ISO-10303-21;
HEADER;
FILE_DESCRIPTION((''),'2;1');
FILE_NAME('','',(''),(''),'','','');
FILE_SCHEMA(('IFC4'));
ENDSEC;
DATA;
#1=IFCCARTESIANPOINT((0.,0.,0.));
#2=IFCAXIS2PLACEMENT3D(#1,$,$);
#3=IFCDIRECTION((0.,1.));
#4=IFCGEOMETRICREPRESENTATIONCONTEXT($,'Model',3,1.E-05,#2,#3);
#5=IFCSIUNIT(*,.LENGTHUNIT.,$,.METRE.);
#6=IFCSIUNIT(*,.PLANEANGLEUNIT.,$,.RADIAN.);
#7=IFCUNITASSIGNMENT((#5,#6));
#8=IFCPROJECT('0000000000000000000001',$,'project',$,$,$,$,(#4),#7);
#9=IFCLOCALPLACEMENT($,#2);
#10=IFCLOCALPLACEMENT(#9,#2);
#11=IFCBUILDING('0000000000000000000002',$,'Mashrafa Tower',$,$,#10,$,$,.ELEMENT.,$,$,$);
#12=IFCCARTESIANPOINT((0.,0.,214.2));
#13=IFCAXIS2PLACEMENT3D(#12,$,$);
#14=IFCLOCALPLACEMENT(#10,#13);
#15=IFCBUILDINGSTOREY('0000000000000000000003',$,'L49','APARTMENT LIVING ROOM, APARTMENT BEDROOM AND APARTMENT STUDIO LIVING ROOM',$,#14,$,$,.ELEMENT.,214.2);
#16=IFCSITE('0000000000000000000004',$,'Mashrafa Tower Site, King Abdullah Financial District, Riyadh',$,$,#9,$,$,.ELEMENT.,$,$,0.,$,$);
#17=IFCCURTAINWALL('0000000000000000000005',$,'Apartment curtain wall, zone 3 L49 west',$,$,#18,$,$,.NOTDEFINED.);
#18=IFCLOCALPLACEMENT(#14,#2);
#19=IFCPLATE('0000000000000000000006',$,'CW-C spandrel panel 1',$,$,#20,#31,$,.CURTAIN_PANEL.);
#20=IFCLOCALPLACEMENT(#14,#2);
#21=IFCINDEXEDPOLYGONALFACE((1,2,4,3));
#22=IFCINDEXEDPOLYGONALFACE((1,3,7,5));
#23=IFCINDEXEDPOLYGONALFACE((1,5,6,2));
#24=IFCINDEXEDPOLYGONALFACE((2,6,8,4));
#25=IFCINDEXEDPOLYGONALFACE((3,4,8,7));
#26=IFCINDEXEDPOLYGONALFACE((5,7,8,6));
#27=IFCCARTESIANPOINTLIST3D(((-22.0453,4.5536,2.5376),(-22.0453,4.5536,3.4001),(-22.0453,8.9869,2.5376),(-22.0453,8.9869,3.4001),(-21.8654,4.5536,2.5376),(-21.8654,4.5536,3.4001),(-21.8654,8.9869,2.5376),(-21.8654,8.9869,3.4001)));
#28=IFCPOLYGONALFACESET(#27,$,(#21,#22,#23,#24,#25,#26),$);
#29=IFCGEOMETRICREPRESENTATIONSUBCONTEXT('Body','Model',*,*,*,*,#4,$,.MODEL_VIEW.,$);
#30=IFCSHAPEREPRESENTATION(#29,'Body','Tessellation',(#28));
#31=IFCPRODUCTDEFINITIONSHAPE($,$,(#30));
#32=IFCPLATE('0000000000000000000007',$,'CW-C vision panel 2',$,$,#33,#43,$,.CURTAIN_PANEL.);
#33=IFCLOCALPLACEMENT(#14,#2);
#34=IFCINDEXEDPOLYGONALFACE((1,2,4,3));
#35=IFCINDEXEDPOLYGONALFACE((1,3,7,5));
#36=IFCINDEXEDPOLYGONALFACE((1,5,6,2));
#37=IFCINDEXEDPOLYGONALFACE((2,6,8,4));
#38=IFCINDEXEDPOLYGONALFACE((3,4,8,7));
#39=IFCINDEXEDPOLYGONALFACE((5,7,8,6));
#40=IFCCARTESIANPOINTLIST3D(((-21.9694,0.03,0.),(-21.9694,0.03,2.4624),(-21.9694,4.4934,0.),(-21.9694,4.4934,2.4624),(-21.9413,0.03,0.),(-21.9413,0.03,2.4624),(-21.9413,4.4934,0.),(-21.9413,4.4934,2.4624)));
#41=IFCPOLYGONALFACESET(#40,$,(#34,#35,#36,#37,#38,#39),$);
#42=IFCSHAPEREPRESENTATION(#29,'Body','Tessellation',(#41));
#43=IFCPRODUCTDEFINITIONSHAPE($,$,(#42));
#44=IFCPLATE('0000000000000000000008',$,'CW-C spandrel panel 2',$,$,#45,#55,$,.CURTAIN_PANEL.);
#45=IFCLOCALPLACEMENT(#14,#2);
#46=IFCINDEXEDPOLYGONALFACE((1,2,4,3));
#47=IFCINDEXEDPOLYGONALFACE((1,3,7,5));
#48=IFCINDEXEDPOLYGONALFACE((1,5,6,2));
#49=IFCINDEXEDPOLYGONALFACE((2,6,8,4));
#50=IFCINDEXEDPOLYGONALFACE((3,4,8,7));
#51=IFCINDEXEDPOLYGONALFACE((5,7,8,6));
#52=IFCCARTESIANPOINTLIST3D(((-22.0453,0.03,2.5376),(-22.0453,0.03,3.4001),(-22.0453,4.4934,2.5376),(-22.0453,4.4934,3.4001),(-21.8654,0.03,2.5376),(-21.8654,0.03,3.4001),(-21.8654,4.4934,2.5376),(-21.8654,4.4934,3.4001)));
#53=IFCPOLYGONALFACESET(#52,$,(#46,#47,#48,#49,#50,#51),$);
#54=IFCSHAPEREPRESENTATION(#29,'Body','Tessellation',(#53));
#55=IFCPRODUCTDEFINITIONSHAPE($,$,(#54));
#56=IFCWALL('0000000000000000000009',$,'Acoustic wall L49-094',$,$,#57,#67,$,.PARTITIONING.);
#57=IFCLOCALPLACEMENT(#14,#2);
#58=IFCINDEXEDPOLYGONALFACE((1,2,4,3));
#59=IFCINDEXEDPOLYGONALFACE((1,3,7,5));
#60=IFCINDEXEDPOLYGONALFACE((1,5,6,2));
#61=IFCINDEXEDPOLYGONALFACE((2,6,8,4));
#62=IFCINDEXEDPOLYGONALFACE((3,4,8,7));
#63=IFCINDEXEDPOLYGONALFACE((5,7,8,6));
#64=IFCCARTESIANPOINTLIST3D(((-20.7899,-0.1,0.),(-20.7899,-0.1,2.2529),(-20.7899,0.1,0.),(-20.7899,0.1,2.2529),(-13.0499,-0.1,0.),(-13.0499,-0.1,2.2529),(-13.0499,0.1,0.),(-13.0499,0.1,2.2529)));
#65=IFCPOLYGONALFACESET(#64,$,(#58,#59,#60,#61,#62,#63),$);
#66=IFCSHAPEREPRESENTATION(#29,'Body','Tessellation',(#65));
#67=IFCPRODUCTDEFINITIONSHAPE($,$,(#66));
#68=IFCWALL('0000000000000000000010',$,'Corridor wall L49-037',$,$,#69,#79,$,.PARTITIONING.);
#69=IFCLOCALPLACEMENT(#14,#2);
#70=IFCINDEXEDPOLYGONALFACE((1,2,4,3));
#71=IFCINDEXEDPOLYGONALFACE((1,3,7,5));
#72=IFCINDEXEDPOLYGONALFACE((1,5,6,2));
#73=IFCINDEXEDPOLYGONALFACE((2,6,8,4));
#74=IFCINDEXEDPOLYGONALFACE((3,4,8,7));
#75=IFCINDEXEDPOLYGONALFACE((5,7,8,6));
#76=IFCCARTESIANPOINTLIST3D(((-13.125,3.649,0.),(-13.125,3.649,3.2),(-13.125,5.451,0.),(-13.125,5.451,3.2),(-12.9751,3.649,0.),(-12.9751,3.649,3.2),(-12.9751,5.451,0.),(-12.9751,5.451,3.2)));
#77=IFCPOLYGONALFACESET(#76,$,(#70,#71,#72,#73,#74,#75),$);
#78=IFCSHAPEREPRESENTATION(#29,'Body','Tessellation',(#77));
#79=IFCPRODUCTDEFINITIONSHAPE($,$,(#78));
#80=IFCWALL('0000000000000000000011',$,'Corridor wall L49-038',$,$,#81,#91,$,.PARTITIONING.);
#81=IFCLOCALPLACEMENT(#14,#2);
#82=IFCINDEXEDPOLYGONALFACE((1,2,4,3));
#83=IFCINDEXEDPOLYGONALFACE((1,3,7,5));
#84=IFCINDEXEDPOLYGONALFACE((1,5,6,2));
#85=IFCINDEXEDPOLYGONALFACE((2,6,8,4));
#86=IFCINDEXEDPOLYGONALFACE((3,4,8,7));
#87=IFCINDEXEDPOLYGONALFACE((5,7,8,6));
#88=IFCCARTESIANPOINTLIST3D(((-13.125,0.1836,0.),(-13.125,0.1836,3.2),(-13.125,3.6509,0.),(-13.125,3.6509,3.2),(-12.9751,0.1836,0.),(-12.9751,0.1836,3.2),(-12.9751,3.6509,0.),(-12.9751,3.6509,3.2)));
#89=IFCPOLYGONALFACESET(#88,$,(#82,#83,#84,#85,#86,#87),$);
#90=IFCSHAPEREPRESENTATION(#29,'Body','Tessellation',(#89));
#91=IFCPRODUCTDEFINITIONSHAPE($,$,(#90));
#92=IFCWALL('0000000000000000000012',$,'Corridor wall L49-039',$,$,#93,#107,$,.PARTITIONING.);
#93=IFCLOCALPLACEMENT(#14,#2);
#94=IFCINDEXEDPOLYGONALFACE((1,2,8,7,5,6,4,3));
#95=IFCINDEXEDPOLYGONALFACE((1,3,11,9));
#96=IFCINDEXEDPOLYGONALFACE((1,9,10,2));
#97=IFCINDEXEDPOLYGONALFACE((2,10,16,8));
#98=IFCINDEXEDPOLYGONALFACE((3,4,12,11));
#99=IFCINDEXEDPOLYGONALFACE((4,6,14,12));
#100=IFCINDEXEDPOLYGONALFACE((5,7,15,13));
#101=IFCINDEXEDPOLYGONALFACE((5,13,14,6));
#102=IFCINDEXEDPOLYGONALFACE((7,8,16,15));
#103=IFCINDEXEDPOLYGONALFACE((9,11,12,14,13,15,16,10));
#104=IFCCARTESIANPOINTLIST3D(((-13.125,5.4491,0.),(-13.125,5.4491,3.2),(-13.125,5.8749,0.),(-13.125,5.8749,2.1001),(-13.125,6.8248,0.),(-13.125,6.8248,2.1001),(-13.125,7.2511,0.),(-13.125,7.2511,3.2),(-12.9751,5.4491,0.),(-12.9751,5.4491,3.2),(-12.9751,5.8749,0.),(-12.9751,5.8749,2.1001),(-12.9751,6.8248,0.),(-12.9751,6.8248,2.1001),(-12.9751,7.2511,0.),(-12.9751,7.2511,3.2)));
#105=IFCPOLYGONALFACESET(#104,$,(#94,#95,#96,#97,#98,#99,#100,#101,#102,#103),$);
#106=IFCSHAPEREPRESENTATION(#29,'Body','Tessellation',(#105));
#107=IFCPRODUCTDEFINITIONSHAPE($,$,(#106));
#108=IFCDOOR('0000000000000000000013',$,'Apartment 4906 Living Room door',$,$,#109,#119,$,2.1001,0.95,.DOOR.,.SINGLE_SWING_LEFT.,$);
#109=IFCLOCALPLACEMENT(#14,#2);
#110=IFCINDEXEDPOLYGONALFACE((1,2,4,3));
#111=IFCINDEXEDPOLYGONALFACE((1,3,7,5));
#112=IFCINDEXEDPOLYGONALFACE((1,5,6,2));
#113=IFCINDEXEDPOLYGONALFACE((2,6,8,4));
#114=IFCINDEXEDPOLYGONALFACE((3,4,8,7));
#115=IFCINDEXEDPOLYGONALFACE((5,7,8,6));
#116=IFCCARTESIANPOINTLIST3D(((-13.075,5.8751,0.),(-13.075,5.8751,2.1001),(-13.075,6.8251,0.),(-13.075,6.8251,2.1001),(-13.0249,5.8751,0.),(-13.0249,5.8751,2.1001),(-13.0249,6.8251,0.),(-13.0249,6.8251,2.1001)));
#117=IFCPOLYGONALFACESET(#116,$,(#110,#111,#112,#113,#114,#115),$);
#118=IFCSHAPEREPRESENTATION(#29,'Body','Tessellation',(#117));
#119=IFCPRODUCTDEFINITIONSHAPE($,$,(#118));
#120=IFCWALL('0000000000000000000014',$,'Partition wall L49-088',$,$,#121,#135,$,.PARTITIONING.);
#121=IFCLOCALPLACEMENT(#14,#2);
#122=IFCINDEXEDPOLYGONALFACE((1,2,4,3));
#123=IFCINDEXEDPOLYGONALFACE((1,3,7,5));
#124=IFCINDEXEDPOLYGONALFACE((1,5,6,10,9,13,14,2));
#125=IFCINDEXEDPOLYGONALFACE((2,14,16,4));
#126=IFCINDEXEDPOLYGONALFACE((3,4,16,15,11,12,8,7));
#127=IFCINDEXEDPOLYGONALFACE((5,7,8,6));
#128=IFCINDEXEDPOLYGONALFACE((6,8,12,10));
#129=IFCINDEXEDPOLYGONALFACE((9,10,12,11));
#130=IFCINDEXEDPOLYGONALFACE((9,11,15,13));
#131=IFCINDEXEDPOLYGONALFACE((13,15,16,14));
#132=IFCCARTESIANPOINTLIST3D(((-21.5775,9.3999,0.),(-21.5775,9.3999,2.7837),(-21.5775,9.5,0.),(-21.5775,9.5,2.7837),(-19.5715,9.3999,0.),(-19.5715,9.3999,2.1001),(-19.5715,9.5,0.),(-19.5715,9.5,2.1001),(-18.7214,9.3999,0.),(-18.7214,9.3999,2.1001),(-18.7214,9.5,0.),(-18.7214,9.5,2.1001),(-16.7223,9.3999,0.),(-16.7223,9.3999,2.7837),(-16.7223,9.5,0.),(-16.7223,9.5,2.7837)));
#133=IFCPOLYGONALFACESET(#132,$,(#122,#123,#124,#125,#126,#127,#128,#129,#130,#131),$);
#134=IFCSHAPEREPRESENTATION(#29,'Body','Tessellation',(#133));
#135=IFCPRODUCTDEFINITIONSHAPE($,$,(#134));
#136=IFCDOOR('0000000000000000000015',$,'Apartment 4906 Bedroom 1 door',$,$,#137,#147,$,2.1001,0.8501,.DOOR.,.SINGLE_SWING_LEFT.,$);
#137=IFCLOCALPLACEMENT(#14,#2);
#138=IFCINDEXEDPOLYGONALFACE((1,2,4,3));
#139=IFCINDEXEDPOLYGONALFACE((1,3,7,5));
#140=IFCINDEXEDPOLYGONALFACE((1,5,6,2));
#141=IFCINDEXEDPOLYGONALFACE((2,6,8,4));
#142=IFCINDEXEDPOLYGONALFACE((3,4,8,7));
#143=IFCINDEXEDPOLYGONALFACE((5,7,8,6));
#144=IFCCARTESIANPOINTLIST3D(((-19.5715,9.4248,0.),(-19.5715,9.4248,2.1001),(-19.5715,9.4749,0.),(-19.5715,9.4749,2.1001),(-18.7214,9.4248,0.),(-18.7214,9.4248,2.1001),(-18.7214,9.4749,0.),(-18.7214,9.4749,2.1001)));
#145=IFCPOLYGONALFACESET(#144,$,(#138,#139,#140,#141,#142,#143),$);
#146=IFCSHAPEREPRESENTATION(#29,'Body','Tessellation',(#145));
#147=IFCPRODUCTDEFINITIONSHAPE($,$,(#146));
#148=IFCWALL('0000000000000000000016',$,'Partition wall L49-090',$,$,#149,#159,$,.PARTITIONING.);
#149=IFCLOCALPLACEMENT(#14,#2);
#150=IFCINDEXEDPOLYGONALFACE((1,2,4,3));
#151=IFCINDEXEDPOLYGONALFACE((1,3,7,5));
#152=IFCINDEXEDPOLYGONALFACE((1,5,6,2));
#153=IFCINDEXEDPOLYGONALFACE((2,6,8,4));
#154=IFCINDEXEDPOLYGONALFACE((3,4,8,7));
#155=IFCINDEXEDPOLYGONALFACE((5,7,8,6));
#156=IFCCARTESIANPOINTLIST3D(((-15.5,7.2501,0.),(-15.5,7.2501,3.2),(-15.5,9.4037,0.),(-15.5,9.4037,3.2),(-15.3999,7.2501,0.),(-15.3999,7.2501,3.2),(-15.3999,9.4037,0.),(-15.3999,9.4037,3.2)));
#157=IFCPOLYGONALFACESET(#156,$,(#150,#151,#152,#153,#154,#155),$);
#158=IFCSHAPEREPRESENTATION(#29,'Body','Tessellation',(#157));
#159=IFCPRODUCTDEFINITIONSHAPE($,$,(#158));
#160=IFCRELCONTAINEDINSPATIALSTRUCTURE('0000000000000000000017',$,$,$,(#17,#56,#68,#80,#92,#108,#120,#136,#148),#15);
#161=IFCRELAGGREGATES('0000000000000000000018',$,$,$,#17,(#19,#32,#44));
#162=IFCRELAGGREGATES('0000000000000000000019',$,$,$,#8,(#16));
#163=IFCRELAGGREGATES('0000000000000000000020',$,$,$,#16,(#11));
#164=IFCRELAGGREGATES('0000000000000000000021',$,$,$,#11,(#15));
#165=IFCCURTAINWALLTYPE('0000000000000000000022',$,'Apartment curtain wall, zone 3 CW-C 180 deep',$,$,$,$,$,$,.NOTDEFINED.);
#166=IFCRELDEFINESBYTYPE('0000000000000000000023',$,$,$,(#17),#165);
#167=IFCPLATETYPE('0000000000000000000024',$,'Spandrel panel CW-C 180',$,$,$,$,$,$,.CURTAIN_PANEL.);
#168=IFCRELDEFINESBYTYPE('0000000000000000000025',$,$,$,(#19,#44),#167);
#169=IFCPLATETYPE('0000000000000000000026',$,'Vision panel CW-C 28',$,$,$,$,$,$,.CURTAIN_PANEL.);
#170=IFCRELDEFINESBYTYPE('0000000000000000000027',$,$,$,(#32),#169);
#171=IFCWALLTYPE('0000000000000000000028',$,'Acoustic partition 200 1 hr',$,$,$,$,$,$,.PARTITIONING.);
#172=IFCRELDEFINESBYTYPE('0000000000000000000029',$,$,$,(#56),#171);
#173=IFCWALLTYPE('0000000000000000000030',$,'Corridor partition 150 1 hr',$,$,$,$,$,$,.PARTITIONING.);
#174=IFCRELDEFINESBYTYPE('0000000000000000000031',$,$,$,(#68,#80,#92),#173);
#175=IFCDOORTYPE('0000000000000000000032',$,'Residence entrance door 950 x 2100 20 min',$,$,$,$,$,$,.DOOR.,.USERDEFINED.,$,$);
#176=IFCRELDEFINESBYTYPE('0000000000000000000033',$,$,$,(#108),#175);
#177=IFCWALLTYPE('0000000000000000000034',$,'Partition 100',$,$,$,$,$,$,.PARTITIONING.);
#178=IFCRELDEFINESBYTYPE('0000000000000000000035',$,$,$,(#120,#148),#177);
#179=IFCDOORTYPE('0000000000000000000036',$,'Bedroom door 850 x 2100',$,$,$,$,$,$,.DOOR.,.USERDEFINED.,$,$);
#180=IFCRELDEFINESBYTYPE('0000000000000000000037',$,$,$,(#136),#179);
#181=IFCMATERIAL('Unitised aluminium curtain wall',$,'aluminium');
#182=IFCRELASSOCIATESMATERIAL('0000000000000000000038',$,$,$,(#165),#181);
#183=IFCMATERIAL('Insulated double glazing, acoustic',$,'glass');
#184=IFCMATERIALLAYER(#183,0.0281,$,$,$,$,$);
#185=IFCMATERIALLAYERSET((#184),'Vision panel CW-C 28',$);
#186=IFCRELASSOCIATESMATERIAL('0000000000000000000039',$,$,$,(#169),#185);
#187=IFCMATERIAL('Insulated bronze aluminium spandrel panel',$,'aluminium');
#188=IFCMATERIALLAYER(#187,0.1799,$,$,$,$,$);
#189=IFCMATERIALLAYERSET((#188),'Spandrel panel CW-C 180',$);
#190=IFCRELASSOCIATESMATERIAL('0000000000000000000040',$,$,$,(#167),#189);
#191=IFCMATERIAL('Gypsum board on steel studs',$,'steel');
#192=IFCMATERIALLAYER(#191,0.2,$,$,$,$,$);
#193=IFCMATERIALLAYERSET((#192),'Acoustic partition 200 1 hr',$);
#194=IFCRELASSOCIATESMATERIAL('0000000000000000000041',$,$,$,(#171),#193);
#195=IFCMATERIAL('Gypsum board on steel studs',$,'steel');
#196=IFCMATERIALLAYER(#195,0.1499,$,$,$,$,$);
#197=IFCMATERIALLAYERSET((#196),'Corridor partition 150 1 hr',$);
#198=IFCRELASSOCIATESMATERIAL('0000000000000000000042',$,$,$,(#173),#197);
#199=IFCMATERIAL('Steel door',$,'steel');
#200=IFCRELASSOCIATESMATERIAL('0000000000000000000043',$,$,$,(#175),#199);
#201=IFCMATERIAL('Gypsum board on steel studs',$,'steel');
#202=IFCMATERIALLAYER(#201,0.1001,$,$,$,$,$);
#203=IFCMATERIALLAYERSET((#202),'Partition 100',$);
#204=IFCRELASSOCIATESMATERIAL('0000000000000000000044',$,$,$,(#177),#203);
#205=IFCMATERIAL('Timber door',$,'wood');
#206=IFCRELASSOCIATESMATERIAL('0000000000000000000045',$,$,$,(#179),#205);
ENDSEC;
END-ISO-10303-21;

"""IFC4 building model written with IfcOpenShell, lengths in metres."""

from ifc_helpers import new_model, si_unit, direction, frame, frame_2d, origin, origin_2d, place, context, subcontext, project, spatial, rectangle, extrude, source, transform, mapped, material, layer, layer_set, type_object, type_shapes, element, fill, aggregate, save


model = new_model("IFC4")

# Units and contexts
model_context = context("Model", 3, precision=1e-05, world=origin(), true_north=direction((0.0, 1.0)))
body_context = subcontext(model_context, "Body", "Model", "MODEL_VIEW")
ifc_project = project(units=[si_unit("LENGTHUNIT", "METRE"), si_unit("PLANEANGLEUNIT", "RADIAN")], contexts=[model_context])

# Site, building, storey
site_placement = place(None, origin())
site = spatial("IfcSite", under=ifc_project, at=site_placement, Name="Mashrafa Tower Site, King Abdullah Financial District, Riyadh", CompositionType="ELEMENT", RefElevation=0.0)
building_placement = place(site_placement, origin())
building = spatial("IfcBuilding", under=site, at=building_placement, Name="Mashrafa Tower", CompositionType="ELEMENT")
storey_placement = place(building_placement, frame((0.0, 0.0, 214.2)))
storey = spatial("IfcBuildingStorey", under=building, at=storey_placement, Name="L49", Description="APARTMENT LIVING ROOM, APARTMENT BEDROOM AND APARTMENT STUDIO LIVING ROOM", CompositionType="ELEMENT", Elevation=214.2)

# Shared definitions
ifc_material_1 = material(Name="Unitised aluminium curtain wall", Category="aluminium")
curtain_wall_type = type_object("IfcCurtainWallType", Name="Apartment curtain wall, zone 3 CW-C 180 deep", PredefinedType="NOTDEFINED", material=ifc_material_1)

# Curtain wall, plates
curtain_wall_1_placement = place(storey_placement, origin())
curtain_wall_1 = element("IfcCurtainWall", 1, at=curtain_wall_1_placement, inside=storey, type_object=curtain_wall_type, Name="Apartment curtain wall, zone 3 L49 west", PredefinedType="NOTDEFINED")
ifc_material_2 = material(Name="Insulated double glazing, acoustic", Category="glass")
ifc_layer_1 = layer(ifc_material_2, 0.0281)
ifc_layer_set_1 = layer_set([ifc_layer_1], Name="Vision panel CW-C 28")
plate_type_1 = type_object("IfcPlateType", Name="Vision panel CW-C 28", PredefinedType="CURTAIN_PANEL", material=ifc_layer_set_1)
ifc_material_3 = material(Name="Insulated bronze aluminium spandrel panel", Category="aluminium")
ifc_layer_2 = layer(ifc_material_3, 0.1799)
ifc_layer_set_2 = layer_set([ifc_layer_2], Name="Spandrel panel CW-C 180")
plate_type_2 = type_object("IfcPlateType", Name="Spandrel panel CW-C 180", PredefinedType="CURTAIN_PANEL", material=ifc_layer_set_2)
shared_shape_1 = source(origin(), body_context, "Body", "SweptSolid", [
    extrude(rectangle(XDim=4.4333, YDim=0.1799, at=origin_2d()), origin(), (0.0, 0.0, 1.0), 0.8625),
])
plate_1_placement = place(storey_placement, frame((-21.9553, 6.7703, 2.5376), z_axis=(0.0, 0.0, 1.0), x_axis=(0.0, -1.0, 0.0)))
plate_1 = element("IfcPlate", 2, at=plate_1_placement, type_object=plate_type_2, Name="CW-C spandrel panel 1", PredefinedType="CURTAIN_PANEL", context=body_context, shape_type="MappedRepresentation", body=[
    mapped(shared_shape_1, transform((0.0, 0.0, 0.0))),
])
shared_shape_2 = source(origin(), body_context, "Body", "SweptSolid", [
    extrude(rectangle(XDim=4.4634, YDim=0.0281, at=origin_2d()), origin(), (0.0, 0.0, 1.0), 2.4624),
])
plate_2_placement = place(storey_placement, frame((-21.9553, 2.2617, 0.0), z_axis=(0.0, 0.0, 1.0), x_axis=(0.0, -1.0, 0.0)))
plate_2 = element("IfcPlate", 3, at=plate_2_placement, type_object=plate_type_1, Name="CW-C vision panel 2", PredefinedType="CURTAIN_PANEL", context=body_context, shape_type="MappedRepresentation", body=[
    mapped(shared_shape_2, transform((0.0, 0.0, 0.0))),
])
shared_shape_3 = source(origin(), body_context, "Body", "SweptSolid", [
    extrude(rectangle(XDim=4.4634, YDim=0.1799, at=origin_2d()), origin(), (0.0, 0.0, 1.0), 0.8625),
])
type_shapes(plate_type_2, [shared_shape_1, shared_shape_3])
plate_3_placement = place(storey_placement, frame((-21.9553, 2.2617, 2.5376), z_axis=(0.0, 0.0, 1.0), x_axis=(0.0, -1.0, 0.0)))
plate_3 = element("IfcPlate", 4, at=plate_3_placement, type_object=plate_type_2, Name="CW-C spandrel panel 2", PredefinedType="CURTAIN_PANEL", context=body_context, shape_type="MappedRepresentation", body=[
    mapped(shared_shape_3, transform((0.0, 0.0, 0.0))),
])
aggregate(curtain_wall_1, [plate_1, plate_2, plate_3])

# Walls
ifc_material_4 = material(Name="Gypsum board on steel studs", Category="steel")
ifc_layer_3 = layer(ifc_material_4, 0.2)
ifc_layer_set_3 = layer_set([ifc_layer_3], Name="Acoustic partition 200 1 hr")
wall_type_1 = type_object("IfcWallType", Name="Acoustic partition 200 1 hr", PredefinedType="PARTITIONING", material=ifc_layer_set_3)
wall_1_placement = place(storey_placement, frame((-20.79, 0.0, 0.0), z_axis=(0.0, 0.0, 1.0), x_axis=(1.0, 0.0, 0.0)))
element("IfcWall", 5, at=wall_1_placement, inside=storey, type_object=wall_type_1, Name="Acoustic wall L49-094", PredefinedType="PARTITIONING", context=body_context, shape_type="SweptSolid", body=[
    extrude(rectangle(XDim=7.74, YDim=0.2, at=frame_2d((3.8701, 0.0))), origin(), (0.0, 0.0, 1.0), 2.2529),
])
ifc_material_5 = material(Name="Gypsum board on steel studs", Category="steel")
ifc_layer_4 = layer(ifc_material_5, 0.1499)
ifc_layer_set_4 = layer_set([ifc_layer_4], Name="Corridor partition 150 1 hr")
wall_type_2 = type_object("IfcWallType", Name="Corridor partition 150 1 hr", PredefinedType="PARTITIONING", material=ifc_layer_set_4)
wall_2_placement = place(storey_placement, frame((-13.05, 5.4509, 0.0), z_axis=(0.0, 0.0, 1.0), x_axis=(0.0, -1.0, 0.0)))
element("IfcWall", 6, at=wall_2_placement, inside=storey, type_object=wall_type_2, Name="Corridor wall L49-037", PredefinedType="PARTITIONING", context=body_context, shape_type="SweptSolid", body=[
    extrude(rectangle(XDim=1.802, YDim=0.1499, at=frame_2d((0.9009, 0.0))), origin(), (0.0, 0.0, 1.0), 3.2),
])
wall_3_placement = place(storey_placement, frame((-13.05, 3.6509, 0.0), z_axis=(0.0, 0.0, 1.0), x_axis=(0.0, -1.0, 0.0)))
element("IfcWall", 7, at=wall_3_placement, inside=storey, type_object=wall_type_2, Name="Corridor wall L49-038", PredefinedType="PARTITIONING", context=body_context, shape_type="SweptSolid", body=[
    extrude(rectangle(XDim=3.4673, YDim=0.1499, at=frame_2d((1.7336, 0.0))), origin(), (0.0, 0.0, 1.0), 3.2),
])

# Walls, openings, doors
wall_4_placement = place(storey_placement, frame((-13.05, 7.251, 0.0), z_axis=(0.0, 0.0, 1.0), x_axis=(0.0, -1.0, 0.0)))
wall_4 = element("IfcWall", 8, at=wall_4_placement, inside=storey, type_object=wall_type_2, Name="Corridor wall L49-039", PredefinedType="PARTITIONING", context=body_context, shape_type="SweptSolid", body=[
    extrude(rectangle(XDim=1.802, YDim=0.1499, at=frame_2d((0.9009, 0.0))), origin(), (0.0, 0.0, 1.0), 3.2),
])
opening_1_placement = place(wall_4_placement, frame((0.426, 0.0, 0.0)))
opening_1 = element("IfcOpeningElement", 9, at=opening_1_placement, cuts=wall_4, PredefinedType="OPENING", context=body_context, shape_type="SweptSolid", body=[
    extrude(rectangle(XDim=0.95, YDim=2.1001, at=frame_2d((0.4751, 1.05))), frame((0.0, 0.085, 0.0), z_axis=(0.0, -1.0, 0.0), x_axis=(1.0, 0.0, 0.0)), (0.0, 0.0, 1.0), 0.1699),
])
ifc_material_6 = material(Name="Steel door", Category="steel")
door_type_1 = type_object("IfcDoorType", Name="Residence entrance door 950 x 2100 20 min", OperationType="USERDEFINED", PredefinedType="DOOR", material=ifc_material_6)
door_1_placement = place(opening_1_placement, frame((0.95, 0.0, 0.0), z_axis=(0.0, 0.0, 1.0), x_axis=(-1.0, 0.0, 0.0)))
door_1 = element("IfcDoor", 10, at=door_1_placement, inside=storey, type_object=door_type_1, Name="Apartment 4906 Living Room door", OperationType="SINGLE_SWING_LEFT", OverallHeight=2.1001, OverallWidth=0.95, PredefinedType="DOOR", context=body_context, shape_type="SweptSolid", body=[
    extrude(rectangle(XDim=0.95, YDim=2.1001, at=frame_2d((0.4751, 1.05))), frame((0.0, 0.0249, 0.0), z_axis=(0.0, -1.0, 0.0), x_axis=(1.0, 0.0, 0.0)), (0.0, 0.0, 1.0), 0.05),
])
fill(opening_1, door_1)
ifc_material_7 = material(Name="Gypsum board on steel studs", Category="steel")
ifc_layer_5 = layer(ifc_material_7, 0.1001)
ifc_layer_set_5 = layer_set([ifc_layer_5], Name="Partition 100")
wall_type_3 = type_object("IfcWallType", Name="Partition 100", PredefinedType="PARTITIONING", material=ifc_layer_set_5)
wall_5_placement = place(storey_placement, frame((-21.5776, 9.45, 0.0), z_axis=(0.0, 0.0, 1.0), x_axis=(1.0, 0.0, 0.0)))
wall_5 = element("IfcWall", 11, at=wall_5_placement, inside=storey, type_object=wall_type_3, Name="Partition wall L49-088", PredefinedType="PARTITIONING", context=body_context, shape_type="SweptSolid", body=[
    extrude(rectangle(XDim=4.8552, YDim=0.1001, at=frame_2d((2.4277, 0.0))), origin(), (0.0, 0.0, 1.0), 2.7837),
])
opening_2_placement = place(wall_5_placement, frame((2.0061, 0.0, 0.0)))
opening_2 = element("IfcOpeningElement", 12, at=opening_2_placement, cuts=wall_5, PredefinedType="OPENING", context=body_context, shape_type="SweptSolid", body=[
    extrude(rectangle(XDim=0.8501, YDim=2.1001, at=frame_2d((0.425, 1.05))), frame((0.0, 0.0601, 0.0), z_axis=(0.0, -1.0, 0.0), x_axis=(1.0, 0.0, 0.0)), (0.0, 0.0, 1.0), 0.1201),
])
ifc_material_8 = material(Name="Timber door", Category="wood")
door_type_2 = type_object("IfcDoorType", Name="Bedroom door 850 x 2100", OperationType="USERDEFINED", PredefinedType="DOOR", material=ifc_material_8)
door_2_placement = place(opening_2_placement, origin())
door_2 = element("IfcDoor", 13, at=door_2_placement, inside=storey, type_object=door_type_2, Name="Apartment 4906 Bedroom 1 door", OperationType="SINGLE_SWING_LEFT", OverallHeight=2.1001, OverallWidth=0.8501, PredefinedType="DOOR", context=body_context, shape_type="SweptSolid", body=[
    extrude(rectangle(XDim=0.8501, YDim=2.1001, at=frame_2d((0.425, 1.05))), frame((0.0, 0.0249, 0.0), z_axis=(0.0, -1.0, 0.0), x_axis=(1.0, 0.0, 0.0)), (0.0, 0.0, 1.0), 0.05),
])
fill(opening_2, door_2)

# Wall
wall_6_placement = place(storey_placement, frame((-15.45, 9.4036, 0.0), z_axis=(0.0, 0.0, 1.0), x_axis=(0.0, -1.0, 0.0)))
element("IfcWall", 14, at=wall_6_placement, inside=storey, type_object=wall_type_3, Name="Partition wall L49-090", PredefinedType="PARTITIONING", context=body_context, shape_type="SweptSolid", body=[
    extrude(rectangle(XDim=2.1536, YDim=0.1001, at=frame_2d((1.0767, 0.0))), origin(), (0.0, 0.0, 1.0), 3.2),
])

save(model, "model.ifc")
